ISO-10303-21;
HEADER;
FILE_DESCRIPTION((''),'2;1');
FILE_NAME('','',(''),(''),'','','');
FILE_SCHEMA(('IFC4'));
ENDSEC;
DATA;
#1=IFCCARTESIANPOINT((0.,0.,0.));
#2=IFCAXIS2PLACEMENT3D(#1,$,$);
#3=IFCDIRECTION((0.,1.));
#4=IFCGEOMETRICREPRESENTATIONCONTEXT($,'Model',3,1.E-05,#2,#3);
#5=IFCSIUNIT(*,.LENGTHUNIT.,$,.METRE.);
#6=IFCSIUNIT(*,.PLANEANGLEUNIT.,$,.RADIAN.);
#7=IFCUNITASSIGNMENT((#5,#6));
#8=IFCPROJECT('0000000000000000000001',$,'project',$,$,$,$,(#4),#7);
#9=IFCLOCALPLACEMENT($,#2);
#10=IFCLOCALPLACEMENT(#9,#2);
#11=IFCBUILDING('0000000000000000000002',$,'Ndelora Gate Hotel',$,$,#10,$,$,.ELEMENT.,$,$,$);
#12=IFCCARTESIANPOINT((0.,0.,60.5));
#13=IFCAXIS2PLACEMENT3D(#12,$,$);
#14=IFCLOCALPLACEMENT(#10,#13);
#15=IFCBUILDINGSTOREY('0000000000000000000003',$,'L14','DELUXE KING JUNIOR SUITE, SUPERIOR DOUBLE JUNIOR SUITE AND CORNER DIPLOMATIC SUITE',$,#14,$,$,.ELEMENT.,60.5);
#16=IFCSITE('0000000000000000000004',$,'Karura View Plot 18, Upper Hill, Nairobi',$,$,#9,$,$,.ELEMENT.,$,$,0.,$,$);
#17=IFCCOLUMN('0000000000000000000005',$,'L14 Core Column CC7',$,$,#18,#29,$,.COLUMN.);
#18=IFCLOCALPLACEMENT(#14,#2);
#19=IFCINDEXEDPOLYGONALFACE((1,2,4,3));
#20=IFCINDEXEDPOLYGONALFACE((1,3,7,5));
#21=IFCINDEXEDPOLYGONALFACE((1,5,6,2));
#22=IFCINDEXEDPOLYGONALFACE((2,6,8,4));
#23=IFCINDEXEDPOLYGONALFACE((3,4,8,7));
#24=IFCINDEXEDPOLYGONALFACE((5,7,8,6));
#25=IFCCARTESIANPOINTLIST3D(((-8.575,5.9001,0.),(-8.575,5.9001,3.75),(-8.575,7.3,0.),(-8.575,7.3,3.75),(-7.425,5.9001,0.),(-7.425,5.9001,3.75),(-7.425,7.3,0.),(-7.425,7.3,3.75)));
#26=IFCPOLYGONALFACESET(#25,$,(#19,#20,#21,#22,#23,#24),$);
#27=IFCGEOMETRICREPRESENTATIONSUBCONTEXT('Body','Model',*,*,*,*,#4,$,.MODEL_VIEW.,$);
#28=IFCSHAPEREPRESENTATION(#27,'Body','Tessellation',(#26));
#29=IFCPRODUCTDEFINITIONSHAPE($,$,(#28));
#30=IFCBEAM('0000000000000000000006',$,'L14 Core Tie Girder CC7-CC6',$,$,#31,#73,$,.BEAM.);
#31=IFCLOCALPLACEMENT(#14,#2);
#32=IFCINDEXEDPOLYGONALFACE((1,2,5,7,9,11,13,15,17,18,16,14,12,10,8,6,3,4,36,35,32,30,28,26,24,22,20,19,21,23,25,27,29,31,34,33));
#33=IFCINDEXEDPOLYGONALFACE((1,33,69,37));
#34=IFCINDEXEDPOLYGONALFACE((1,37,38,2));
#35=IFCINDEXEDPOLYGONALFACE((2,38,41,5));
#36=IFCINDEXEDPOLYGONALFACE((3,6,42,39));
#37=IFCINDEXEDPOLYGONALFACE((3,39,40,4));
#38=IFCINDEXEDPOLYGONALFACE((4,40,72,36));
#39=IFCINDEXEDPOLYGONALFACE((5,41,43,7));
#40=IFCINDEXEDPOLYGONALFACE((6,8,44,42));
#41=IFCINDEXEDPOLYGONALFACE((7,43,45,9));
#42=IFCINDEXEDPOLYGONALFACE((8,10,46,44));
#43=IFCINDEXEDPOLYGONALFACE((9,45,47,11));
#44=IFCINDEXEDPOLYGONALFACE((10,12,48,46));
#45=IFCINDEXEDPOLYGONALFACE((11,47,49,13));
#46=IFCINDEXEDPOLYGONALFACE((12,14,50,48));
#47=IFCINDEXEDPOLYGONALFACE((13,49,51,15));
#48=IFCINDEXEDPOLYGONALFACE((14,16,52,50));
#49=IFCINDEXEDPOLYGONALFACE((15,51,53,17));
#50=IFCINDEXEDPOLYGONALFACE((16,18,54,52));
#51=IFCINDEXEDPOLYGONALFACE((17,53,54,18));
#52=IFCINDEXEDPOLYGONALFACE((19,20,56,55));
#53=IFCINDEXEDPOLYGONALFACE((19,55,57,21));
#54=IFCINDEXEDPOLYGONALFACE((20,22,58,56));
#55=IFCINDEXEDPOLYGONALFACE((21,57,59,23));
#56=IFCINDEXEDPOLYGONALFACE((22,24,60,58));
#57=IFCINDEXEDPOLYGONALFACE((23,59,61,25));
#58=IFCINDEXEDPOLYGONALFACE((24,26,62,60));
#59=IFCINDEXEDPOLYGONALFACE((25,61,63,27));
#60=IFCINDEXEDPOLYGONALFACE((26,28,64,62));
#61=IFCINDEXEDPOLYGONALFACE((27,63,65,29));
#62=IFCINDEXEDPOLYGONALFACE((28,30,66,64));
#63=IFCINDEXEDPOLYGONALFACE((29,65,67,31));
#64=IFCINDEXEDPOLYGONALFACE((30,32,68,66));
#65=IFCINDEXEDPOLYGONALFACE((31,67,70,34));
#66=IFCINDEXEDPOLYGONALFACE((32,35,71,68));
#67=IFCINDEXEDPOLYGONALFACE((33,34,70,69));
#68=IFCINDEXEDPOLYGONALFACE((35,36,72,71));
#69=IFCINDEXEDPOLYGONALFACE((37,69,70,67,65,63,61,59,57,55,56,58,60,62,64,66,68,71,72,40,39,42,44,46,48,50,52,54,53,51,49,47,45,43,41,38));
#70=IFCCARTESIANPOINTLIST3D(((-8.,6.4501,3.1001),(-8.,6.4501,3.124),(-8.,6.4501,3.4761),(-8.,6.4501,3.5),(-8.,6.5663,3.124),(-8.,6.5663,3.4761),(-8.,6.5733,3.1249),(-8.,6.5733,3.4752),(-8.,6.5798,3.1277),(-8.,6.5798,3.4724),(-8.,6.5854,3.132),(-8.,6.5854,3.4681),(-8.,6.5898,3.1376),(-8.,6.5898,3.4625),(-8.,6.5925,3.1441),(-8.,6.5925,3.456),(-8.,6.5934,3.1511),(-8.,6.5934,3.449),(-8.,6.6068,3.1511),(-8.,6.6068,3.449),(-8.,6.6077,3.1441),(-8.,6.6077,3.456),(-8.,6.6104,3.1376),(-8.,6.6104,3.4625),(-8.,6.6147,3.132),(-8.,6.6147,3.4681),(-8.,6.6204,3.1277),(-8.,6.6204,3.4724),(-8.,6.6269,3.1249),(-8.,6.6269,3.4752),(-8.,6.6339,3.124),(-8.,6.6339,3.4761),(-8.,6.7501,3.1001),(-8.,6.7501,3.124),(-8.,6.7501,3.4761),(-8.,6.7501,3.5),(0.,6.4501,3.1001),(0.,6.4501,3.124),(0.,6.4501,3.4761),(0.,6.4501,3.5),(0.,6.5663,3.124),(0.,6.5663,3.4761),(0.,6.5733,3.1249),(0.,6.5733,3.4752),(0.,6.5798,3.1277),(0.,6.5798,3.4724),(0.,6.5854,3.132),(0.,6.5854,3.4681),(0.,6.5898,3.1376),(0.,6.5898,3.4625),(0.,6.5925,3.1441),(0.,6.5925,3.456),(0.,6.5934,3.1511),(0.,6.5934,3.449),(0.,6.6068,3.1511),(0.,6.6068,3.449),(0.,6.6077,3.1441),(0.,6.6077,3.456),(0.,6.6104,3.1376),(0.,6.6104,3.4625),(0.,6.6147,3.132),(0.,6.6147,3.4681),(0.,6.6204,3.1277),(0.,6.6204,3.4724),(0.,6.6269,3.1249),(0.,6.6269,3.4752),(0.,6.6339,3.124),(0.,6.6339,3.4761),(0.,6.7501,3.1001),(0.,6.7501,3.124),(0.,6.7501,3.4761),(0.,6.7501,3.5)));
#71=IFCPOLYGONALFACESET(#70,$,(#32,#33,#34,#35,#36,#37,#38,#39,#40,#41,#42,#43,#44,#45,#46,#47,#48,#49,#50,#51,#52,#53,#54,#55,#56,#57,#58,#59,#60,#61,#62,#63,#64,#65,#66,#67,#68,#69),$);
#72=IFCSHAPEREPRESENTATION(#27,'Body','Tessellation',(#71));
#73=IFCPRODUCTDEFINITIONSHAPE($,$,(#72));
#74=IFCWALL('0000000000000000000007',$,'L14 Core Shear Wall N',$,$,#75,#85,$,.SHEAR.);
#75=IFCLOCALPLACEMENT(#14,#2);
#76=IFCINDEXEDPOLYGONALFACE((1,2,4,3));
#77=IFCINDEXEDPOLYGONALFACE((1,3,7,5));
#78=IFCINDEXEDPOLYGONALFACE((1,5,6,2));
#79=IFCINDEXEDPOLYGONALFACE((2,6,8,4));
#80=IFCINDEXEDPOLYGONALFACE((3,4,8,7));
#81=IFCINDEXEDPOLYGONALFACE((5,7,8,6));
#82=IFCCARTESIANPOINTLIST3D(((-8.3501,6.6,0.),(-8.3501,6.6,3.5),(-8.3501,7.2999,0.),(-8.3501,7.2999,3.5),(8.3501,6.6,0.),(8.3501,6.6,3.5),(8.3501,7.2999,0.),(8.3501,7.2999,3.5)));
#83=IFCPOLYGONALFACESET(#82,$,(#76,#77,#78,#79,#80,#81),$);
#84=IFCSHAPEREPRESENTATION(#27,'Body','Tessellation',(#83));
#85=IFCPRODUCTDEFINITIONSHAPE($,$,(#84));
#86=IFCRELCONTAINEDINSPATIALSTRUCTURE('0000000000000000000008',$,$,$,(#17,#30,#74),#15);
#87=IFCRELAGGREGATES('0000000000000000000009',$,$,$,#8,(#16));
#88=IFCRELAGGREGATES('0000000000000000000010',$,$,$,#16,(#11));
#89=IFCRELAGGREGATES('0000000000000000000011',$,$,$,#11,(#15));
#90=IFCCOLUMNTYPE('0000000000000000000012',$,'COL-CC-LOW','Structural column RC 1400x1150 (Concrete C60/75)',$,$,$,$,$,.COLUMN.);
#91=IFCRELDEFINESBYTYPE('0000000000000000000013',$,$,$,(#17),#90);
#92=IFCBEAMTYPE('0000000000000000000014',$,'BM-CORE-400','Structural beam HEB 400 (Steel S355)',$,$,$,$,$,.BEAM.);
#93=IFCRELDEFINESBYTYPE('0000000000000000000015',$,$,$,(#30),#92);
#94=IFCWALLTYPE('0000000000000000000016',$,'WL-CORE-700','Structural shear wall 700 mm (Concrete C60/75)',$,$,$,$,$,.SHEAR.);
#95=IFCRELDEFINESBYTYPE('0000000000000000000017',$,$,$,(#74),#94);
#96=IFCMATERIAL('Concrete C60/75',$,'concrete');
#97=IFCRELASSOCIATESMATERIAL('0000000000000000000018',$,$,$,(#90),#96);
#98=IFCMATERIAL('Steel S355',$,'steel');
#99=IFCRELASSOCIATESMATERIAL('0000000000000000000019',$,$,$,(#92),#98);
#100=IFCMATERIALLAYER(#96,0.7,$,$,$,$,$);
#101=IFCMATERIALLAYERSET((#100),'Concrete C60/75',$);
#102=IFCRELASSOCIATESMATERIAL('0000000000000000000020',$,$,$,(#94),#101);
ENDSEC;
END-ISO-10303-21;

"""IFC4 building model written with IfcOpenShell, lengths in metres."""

from ifc_helpers import new_model, si_unit, direction, frame, frame_2d, origin, origin_2d, place, context, subcontext, project, spatial, rectangle, i_section, extrude, material, layer, layer_set, material_profile, profile_set, type_object, element, save


model = new_model("IFC4")

# Units and contexts
model_context = context("Model", 3, precision=1e-05, world=origin(), true_north=direction((0.0, 1.0)))
body_context = subcontext(model_context, "Body", "Model", "MODEL_VIEW")
ifc_project = project(units=[si_unit("LENGTHUNIT", "METRE"), si_unit("PLANEANGLEUNIT", "RADIAN")], contexts=[model_context])

# Site, building, storey
site_placement = place(None, origin())
site = spatial("IfcSite", under=ifc_project, at=site_placement, Name="Karura View Plot 18, Upper Hill, Nairobi", CompositionType="ELEMENT", RefElevation=0.0)
building_placement = place(site_placement, origin())
building = spatial("IfcBuilding", under=site, at=building_placement, Name="Ndelora Gate Hotel", CompositionType="ELEMENT")
storey_placement = place(building_placement, frame((0.0, 0.0, 60.5)))
storey = spatial("IfcBuildingStorey", under=building, at=storey_placement, Name="L14", Description="DELUXE KING JUNIOR SUITE, SUPERIOR DOUBLE JUNIOR SUITE AND CORNER DIPLOMATIC SUITE", CompositionType="ELEMENT", Elevation=60.5)

# Column
ifc_material_1 = material(Name="Concrete C60/75", Category="concrete")
ifc_material_profile_1 = material_profile(ifc_material_1, rectangle(XDim=1.1499, YDim=1.3999, at=origin_2d()), Name="RC 1400x1150")
ifc_profile_set_1 = profile_set([ifc_material_profile_1], Name="Concrete C60/75")
column_type = type_object("IfcColumnType", Name="COL-CC-LOW", Description="Structural column RC 1400x1150 (Concrete C60/75)", PredefinedType="COLUMN", material=ifc_profile_set_1)
column_placement = place(storey_placement, frame((-8.0, 6.6001, 0.0), z_axis=(0.0, 0.0, 1.0), x_axis=(1.0, 0.0, 0.0)))
element("IfcColumn", 1, at=column_placement, inside=storey, type_object=column_type, Name="L14 Core Column CC7", PredefinedType="COLUMN", context=body_context, shape_type="SweptSolid", body=[
    extrude(rectangle(XDim=1.1499, YDim=1.3999, at=origin_2d()), origin(), (0.0, 0.0, 1.0), 3.75),
])

# Beam
ifc_material_2 = material(Name="Steel S355", Category="steel")
ifc_material_profile_2 = material_profile(ifc_material_2, i_section(OverallWidth=0.3, OverallDepth=0.3999, WebThickness=0.0134, FlangeThickness=0.0239, FilletRadius=0.0271, at=origin_2d()), Name="HEB 400")
ifc_profile_set_2 = profile_set([ifc_material_profile_2], Name="Steel S355")
beam_type = type_object("IfcBeamType", Name="BM-CORE-400", Description="Structural beam HEB 400 (Steel S355)", PredefinedType="BEAM", material=ifc_profile_set_2)
beam_placement = place(storey_placement, frame((-8.0, 6.6001, 3.3), z_axis=(1.0, 0.0, 0.0), x_axis=(0.0, 1.0, 0.0)))
element("IfcBeam", 2, at=beam_placement, inside=storey, type_object=beam_type, Name="L14 Core Tie Girder CC7-CC6", PredefinedType="BEAM", context=body_context, shape_type="SweptSolid", body=[
    extrude(i_section(OverallWidth=0.3, OverallDepth=0.3999, WebThickness=0.0134, FlangeThickness=0.0239, FilletRadius=0.0271, at=origin_2d()), origin(), (0.0, 0.0, 1.0), 8.0),
])

# Wall
ifc_layer_1 = layer(ifc_material_1, 0.7)
ifc_layer_set_1 = layer_set([ifc_layer_1], Name="Concrete C60/75")
wall_type_1 = type_object("IfcWallType", Name="WL-CORE-700", Description="Structural shear wall 700 mm (Concrete C60/75)", PredefinedType="SHEAR", material=ifc_layer_set_1)
wall_1_placement = place(storey_placement, frame((-8.3501, 6.95, 0.0), z_axis=(0.0, 0.0, 1.0), x_axis=(1.0, 0.0, 0.0)))
element("IfcWall", 3, at=wall_1_placement, inside=storey, type_object=wall_type_1, Name="L14 Core Shear Wall N", PredefinedType="SHEAR", context=body_context, shape_type="SweptSolid", body=[
    extrude(rectangle(XDim=16.7002, YDim=0.7, at=frame_2d((8.3501, 0.0))), origin(), (0.0, 0.0, 1.0), 3.5),
])

save(model, "model.ifc")
